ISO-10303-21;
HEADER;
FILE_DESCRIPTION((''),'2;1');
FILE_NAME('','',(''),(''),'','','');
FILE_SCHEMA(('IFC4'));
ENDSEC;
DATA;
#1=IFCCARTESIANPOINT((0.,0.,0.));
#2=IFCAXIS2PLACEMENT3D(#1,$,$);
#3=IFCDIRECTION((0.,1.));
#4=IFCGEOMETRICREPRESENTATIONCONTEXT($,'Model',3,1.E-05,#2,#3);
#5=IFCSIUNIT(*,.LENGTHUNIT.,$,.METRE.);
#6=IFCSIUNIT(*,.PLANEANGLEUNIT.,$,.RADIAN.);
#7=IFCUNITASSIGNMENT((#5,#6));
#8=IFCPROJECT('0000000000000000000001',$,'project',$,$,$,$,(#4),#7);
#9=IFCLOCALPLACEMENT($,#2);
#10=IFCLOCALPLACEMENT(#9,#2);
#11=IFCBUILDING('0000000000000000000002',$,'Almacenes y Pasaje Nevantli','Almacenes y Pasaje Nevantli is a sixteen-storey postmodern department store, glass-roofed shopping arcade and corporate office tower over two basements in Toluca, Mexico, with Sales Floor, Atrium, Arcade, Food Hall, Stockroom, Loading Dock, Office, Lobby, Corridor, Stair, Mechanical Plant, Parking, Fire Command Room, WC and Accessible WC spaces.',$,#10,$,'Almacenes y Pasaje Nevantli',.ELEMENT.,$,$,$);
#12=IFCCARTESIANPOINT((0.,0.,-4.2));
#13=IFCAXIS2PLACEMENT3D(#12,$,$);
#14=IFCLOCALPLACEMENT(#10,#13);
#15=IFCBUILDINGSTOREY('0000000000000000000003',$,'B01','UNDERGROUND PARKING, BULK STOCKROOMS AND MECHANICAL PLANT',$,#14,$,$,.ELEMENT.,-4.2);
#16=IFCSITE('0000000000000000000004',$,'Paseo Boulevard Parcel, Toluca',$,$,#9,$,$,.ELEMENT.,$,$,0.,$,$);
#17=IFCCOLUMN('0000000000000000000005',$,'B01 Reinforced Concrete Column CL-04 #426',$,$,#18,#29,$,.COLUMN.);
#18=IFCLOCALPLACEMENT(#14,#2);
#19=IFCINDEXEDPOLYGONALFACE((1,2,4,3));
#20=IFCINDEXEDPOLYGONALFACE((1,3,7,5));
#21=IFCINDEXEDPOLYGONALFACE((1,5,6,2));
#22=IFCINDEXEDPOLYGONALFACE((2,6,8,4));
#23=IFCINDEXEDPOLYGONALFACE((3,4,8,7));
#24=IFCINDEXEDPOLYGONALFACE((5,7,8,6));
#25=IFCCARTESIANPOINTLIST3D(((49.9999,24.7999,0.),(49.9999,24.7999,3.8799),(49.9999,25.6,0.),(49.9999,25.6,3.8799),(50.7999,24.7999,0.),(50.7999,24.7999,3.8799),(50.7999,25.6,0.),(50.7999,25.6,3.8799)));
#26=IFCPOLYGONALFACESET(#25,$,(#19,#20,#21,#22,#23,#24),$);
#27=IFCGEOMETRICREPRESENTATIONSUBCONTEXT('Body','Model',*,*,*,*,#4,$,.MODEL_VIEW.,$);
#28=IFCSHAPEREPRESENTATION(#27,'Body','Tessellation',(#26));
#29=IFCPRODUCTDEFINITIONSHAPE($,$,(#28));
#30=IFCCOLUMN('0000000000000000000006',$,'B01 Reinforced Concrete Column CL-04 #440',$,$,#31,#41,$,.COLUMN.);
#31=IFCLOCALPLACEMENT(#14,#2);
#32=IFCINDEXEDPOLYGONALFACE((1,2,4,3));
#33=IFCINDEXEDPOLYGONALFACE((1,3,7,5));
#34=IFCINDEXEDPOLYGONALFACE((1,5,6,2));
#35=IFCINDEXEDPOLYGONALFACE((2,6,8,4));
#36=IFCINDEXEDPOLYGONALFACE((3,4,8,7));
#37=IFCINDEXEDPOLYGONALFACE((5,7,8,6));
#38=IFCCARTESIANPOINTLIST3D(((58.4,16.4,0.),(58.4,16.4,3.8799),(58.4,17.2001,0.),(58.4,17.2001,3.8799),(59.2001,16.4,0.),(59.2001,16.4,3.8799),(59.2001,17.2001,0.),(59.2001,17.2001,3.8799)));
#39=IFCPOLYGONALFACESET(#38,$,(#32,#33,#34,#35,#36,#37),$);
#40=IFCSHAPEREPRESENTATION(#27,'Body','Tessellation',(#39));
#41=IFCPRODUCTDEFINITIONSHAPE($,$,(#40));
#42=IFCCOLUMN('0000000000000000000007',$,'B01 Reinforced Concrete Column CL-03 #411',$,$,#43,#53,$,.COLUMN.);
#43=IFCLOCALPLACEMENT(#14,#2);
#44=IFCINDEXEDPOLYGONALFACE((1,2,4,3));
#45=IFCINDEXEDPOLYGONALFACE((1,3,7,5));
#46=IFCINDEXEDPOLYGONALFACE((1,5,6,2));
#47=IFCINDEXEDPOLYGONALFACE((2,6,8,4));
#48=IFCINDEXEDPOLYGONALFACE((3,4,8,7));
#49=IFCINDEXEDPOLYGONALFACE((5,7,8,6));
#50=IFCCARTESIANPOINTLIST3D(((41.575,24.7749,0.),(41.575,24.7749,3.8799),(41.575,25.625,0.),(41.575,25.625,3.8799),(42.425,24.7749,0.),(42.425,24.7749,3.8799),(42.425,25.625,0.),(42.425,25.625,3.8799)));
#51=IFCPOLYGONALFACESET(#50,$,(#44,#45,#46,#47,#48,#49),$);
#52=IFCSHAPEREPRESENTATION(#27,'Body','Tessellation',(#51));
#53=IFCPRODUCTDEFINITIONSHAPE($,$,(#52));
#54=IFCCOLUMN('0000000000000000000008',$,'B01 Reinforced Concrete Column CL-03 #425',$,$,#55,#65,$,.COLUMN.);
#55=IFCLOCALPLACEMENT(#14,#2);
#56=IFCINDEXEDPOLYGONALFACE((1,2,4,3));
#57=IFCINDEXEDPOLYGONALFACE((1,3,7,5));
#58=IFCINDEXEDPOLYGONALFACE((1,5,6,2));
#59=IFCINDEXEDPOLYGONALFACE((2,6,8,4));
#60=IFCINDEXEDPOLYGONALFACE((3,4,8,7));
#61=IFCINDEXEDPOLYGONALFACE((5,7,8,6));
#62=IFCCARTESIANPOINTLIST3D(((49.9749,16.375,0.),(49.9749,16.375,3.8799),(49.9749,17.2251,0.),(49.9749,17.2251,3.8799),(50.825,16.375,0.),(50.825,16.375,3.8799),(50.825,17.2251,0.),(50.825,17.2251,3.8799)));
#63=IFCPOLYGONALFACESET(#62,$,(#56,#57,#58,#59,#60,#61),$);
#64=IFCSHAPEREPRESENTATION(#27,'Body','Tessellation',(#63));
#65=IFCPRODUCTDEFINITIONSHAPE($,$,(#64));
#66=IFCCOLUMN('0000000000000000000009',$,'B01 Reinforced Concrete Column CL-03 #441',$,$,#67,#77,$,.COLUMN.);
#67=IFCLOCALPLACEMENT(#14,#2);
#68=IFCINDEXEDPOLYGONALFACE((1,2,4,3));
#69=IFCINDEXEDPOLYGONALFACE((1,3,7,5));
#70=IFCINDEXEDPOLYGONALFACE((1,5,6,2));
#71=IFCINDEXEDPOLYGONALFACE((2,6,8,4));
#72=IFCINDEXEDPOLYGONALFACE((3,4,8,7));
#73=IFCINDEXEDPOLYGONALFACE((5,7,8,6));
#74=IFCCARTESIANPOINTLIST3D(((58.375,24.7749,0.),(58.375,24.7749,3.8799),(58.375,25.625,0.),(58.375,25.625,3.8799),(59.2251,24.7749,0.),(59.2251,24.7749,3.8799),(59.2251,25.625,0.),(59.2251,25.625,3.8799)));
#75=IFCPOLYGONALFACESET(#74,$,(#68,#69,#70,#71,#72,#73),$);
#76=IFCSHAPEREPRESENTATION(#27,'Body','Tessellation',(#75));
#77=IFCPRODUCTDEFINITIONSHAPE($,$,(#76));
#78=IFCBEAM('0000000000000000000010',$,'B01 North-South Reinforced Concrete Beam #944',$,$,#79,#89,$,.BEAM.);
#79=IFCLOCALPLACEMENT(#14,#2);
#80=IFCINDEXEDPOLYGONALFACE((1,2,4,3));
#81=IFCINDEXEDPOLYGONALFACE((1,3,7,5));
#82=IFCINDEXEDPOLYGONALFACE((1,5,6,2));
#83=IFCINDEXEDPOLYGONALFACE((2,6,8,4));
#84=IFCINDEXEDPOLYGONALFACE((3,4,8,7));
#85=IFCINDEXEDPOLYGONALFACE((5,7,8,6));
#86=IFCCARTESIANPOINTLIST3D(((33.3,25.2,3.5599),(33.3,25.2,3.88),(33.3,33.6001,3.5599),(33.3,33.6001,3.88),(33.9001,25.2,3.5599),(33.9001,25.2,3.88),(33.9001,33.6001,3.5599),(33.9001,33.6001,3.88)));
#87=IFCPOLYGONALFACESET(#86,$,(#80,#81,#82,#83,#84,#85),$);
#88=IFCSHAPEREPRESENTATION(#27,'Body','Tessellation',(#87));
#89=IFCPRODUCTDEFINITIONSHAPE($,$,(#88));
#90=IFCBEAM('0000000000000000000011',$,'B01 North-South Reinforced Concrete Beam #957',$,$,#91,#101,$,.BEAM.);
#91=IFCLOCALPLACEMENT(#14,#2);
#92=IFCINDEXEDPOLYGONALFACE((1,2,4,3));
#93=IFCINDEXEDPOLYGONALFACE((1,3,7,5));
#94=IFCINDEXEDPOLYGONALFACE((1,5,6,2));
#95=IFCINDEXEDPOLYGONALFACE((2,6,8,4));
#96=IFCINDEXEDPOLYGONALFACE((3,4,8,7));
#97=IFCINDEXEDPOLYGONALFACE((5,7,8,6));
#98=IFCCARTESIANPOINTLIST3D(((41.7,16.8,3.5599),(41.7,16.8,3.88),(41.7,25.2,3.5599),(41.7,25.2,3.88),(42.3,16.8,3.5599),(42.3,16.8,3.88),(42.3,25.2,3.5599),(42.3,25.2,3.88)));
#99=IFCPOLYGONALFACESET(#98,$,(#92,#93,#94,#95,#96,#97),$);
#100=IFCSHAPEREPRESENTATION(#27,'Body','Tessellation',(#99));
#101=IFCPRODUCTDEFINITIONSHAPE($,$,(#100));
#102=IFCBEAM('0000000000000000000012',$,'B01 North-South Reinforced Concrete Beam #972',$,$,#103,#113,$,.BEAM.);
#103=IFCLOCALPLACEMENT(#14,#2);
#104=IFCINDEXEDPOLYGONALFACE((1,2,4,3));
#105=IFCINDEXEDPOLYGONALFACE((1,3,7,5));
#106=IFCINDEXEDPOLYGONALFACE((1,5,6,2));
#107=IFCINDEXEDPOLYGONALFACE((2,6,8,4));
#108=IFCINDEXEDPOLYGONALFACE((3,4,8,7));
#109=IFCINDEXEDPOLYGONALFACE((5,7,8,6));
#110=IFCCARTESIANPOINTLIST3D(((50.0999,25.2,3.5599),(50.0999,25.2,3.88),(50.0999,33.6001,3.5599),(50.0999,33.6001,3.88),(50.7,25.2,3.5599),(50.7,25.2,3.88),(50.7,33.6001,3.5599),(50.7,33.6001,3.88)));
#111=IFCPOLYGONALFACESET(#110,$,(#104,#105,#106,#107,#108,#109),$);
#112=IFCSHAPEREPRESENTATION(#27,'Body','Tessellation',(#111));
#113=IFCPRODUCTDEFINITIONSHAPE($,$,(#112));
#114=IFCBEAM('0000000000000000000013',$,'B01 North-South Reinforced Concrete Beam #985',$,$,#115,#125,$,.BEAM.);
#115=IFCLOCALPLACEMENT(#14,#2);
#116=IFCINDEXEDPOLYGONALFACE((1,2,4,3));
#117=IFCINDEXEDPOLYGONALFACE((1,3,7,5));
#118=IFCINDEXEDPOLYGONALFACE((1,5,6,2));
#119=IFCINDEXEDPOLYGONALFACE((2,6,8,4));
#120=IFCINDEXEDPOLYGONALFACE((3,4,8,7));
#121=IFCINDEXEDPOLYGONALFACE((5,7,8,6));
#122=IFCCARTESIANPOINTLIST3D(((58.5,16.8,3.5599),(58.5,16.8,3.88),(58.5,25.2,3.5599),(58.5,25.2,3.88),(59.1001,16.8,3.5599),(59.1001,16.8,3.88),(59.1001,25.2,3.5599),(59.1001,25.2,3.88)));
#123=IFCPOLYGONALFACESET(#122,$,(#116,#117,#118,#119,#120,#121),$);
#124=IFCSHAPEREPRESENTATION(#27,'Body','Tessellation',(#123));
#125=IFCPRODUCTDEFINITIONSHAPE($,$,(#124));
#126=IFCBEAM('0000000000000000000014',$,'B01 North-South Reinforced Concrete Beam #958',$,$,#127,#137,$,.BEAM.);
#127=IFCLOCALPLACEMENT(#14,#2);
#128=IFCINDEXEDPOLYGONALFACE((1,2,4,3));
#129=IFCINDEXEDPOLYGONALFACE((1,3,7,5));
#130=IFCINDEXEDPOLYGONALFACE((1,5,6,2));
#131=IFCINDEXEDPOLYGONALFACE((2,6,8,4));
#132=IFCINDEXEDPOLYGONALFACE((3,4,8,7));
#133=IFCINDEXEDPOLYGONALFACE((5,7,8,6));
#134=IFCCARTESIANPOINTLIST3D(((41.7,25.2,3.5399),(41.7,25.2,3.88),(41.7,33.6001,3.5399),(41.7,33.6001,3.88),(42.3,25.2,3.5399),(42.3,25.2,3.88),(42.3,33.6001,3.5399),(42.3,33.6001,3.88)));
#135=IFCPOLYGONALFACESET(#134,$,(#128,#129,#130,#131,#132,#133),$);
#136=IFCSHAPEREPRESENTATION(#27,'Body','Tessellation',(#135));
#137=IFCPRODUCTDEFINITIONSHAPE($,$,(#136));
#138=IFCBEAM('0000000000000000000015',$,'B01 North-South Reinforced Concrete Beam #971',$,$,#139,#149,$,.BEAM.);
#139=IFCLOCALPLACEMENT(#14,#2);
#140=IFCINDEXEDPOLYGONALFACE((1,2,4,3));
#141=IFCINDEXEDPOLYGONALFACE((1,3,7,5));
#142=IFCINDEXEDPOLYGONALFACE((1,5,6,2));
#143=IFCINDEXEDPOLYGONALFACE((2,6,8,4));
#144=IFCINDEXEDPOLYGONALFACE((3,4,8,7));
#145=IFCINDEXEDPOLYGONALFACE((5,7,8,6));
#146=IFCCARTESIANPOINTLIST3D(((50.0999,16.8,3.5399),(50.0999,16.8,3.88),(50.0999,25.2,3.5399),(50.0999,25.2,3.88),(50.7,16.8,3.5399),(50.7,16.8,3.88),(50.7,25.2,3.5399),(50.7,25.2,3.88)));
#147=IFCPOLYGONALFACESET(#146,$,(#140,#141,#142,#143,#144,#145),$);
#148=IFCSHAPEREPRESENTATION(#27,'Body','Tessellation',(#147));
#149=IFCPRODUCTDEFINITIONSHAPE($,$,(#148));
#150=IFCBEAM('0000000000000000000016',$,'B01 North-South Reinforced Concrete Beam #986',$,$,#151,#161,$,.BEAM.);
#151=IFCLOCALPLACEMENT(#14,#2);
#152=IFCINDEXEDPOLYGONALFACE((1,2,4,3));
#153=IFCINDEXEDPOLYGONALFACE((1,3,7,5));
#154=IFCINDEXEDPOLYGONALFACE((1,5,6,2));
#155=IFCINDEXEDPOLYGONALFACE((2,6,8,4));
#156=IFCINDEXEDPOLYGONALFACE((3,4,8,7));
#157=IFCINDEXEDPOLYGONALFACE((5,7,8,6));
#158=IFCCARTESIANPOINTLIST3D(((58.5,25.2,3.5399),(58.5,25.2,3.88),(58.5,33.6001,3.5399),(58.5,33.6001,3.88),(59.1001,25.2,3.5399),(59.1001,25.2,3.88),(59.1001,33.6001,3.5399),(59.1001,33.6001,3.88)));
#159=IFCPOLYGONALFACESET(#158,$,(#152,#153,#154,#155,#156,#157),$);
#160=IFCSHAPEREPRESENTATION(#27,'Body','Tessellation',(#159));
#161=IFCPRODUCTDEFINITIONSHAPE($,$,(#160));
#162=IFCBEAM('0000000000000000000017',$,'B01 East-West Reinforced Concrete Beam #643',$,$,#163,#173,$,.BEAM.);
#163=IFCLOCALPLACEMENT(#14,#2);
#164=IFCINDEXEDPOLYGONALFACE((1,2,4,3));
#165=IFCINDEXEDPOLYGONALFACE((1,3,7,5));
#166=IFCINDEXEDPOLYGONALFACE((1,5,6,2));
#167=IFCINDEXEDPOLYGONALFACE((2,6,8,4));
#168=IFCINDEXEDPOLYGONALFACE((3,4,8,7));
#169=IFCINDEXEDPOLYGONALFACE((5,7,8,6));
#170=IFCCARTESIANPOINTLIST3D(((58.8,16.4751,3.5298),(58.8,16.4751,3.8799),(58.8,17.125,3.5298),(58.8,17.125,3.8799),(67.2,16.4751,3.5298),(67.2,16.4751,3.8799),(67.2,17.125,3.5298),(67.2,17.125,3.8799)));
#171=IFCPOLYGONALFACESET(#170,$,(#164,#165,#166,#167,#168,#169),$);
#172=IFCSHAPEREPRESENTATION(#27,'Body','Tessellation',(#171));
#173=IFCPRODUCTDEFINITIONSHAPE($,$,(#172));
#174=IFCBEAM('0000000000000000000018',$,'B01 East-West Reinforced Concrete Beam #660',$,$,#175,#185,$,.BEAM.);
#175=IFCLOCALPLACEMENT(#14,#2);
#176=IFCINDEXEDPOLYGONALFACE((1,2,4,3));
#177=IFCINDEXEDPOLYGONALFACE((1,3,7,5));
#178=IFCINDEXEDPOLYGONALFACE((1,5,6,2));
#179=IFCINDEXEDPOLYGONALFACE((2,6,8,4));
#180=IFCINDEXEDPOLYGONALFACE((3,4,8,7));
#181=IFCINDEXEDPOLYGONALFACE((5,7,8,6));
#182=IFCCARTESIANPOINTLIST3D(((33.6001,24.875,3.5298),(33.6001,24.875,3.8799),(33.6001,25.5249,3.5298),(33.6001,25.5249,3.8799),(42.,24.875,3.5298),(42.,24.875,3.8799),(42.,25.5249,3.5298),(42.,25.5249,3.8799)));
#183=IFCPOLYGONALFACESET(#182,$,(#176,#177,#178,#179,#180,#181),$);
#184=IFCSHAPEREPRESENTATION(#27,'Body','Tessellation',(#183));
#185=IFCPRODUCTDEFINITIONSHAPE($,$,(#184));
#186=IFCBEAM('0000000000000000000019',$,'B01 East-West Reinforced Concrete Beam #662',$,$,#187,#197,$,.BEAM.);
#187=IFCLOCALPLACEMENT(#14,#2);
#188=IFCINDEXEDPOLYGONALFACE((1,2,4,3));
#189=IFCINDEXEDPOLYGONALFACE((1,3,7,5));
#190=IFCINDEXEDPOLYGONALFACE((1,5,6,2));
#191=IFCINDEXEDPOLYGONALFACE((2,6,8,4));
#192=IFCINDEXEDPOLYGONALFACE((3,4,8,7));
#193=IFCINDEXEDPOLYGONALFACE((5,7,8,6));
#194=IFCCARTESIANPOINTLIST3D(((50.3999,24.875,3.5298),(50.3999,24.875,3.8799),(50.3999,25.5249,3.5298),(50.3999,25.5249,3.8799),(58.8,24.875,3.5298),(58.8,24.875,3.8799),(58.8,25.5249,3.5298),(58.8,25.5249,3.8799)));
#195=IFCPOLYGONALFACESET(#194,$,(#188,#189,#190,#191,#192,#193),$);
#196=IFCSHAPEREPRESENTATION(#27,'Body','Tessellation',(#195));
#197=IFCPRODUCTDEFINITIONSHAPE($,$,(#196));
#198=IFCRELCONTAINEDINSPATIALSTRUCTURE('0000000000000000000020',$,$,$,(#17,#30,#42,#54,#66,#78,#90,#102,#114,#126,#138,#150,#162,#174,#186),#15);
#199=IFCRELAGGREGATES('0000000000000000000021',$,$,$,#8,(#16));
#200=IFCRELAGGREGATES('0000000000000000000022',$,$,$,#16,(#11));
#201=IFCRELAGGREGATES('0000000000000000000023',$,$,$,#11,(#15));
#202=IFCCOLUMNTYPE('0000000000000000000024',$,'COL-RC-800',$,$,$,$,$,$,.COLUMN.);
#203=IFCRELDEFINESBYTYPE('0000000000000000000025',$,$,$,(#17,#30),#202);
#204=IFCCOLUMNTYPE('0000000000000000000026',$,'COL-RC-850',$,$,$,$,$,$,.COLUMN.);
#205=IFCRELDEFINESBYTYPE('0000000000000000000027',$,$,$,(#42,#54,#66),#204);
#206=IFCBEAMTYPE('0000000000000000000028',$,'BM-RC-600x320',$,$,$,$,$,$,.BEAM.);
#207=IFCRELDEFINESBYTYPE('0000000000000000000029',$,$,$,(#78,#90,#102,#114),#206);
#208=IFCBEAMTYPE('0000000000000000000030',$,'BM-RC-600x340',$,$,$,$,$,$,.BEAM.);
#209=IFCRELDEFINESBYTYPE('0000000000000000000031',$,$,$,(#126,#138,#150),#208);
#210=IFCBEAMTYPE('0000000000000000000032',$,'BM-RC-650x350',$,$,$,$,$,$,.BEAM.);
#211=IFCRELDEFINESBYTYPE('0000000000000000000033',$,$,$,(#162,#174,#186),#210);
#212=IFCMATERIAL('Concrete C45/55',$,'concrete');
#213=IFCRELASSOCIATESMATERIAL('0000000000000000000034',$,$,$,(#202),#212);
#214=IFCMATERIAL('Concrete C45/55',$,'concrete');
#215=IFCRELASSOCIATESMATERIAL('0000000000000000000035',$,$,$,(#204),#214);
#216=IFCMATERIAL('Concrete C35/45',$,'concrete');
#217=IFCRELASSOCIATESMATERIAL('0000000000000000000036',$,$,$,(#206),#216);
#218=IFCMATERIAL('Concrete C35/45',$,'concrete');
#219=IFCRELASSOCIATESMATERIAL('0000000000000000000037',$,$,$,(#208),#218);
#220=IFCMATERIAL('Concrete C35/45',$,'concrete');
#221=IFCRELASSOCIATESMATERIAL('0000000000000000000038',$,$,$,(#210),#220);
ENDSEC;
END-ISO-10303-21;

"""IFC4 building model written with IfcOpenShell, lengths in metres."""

from ifc_helpers import new_model, si_unit, direction, frame, origin, origin_2d, place, context, subcontext, project, spatial, rectangle, extrude, material, material_profile, profile_set, type_object, element, save


model = new_model("IFC4")

# Units and contexts
model_context = context("Model", 3, precision=1e-05, world=origin(), true_north=direction((0.0, 1.0)))
body_context = subcontext(model_context, "Body", "Model", "MODEL_VIEW")
ifc_project = project(units=[si_unit("LENGTHUNIT", "METRE"), si_unit("PLANEANGLEUNIT", "RADIAN")], contexts=[model_context])

# Site, building, storey
site_placement = place(None, origin())
site = spatial("IfcSite", under=ifc_project, at=site_placement, Name="Paseo Boulevard Parcel, Toluca", CompositionType="ELEMENT", RefElevation=0.0)
building_placement = place(site_placement, origin())
building = spatial("IfcBuilding", under=site, at=building_placement, Name="Almacenes y Pasaje Nevantli", Description="Almacenes y Pasaje Nevantli is a sixteen-storey postmodern department store, glass-roofed shopping arcade and corporate office tower over two basements in Toluca, Mexico, with Sales Floor, Atrium, Arcade, Food Hall, Stockroom, Loading Dock, Office, Lobby, Corridor, Stair, Mechanical Plant, Parking, Fire Command Room, WC and Accessible WC spaces.", LongName="Almacenes y Pasaje Nevantli", CompositionType="ELEMENT")
storey_placement = place(building_placement, frame((0.0, 0.0, -4.2)))
storey = spatial("IfcBuildingStorey", under=building, at=storey_placement, Name="B01", Description="UNDERGROUND PARKING, BULK STOCKROOMS AND MECHANICAL PLANT", CompositionType="ELEMENT", Elevation=-4.2)

# Columns
ifc_material_1 = material(Name="Concrete C45/55", Category="concrete")
ifc_material_profile_1 = material_profile(ifc_material_1, rectangle(XDim=0.8, YDim=0.8, at=origin_2d()), Name="RC-COL-800x800")
ifc_profile_set_1 = profile_set([ifc_material_profile_1], Name="Concrete C45/55")
column_type_1 = type_object("IfcColumnType", Name="COL-RC-800", PredefinedType="COLUMN", material=ifc_profile_set_1)
for number, where, z_axis, x_axis, name in (
    (1, (50.3999, 25.2, 0.0), (0.0, 0.0, 1.0), (1.0, 0.0, 0.0), "B01 Reinforced Concrete Column CL-04 #426"),
    (2, (58.8, 16.8, 0.0), (0.0, 0.0, 1.0), (1.0, 0.0, 0.0), "B01 Reinforced Concrete Column CL-04 #440"),
):
    element("IfcColumn", number, at=place(storey_placement, frame(where, z_axis=z_axis, x_axis=x_axis)), inside=storey, type_object=column_type_1, Name=name, PredefinedType="COLUMN", context=body_context, shape_type="SweptSolid", body=[
        extrude(rectangle(XDim=0.8, YDim=0.8, at=origin_2d()), origin(), (0.0, 0.0, 1.0), 3.8799),
    ])
ifc_material_2 = material(Name="Concrete C45/55", Category="concrete")
ifc_material_profile_2 = material_profile(ifc_material_2, rectangle(XDim=0.8501, YDim=0.8501, at=origin_2d()), Name="RC-COL-850x850")
ifc_profile_set_2 = profile_set([ifc_material_profile_2], Name="Concrete C45/55")
column_type_2 = type_object("IfcColumnType", Name="COL-RC-850", PredefinedType="COLUMN", material=ifc_profile_set_2)
for number, where, z_axis, x_axis, name in (
    (3, (42.0, 25.2, 0.0), (0.0, 0.0, 1.0), (1.0, 0.0, 0.0), "B01 Reinforced Concrete Column CL-03 #411"),
    (4, (50.3999, 16.8, 0.0), (0.0, 0.0, 1.0), (1.0, 0.0, 0.0), "B01 Reinforced Concrete Column CL-03 #425"),
    (5, (58.8, 25.2, 0.0), (0.0, 0.0, 1.0), (1.0, 0.0, 0.0), "B01 Reinforced Concrete Column CL-03 #441"),
):
    element("IfcColumn", number, at=place(storey_placement, frame(where, z_axis=z_axis, x_axis=x_axis)), inside=storey, type_object=column_type_2, Name=name, PredefinedType="COLUMN", context=body_context, shape_type="SweptSolid", body=[
        extrude(rectangle(XDim=0.8501, YDim=0.8501, at=origin_2d()), origin(), (0.0, 0.0, 1.0), 3.8799),
    ])

# Beams
ifc_material_3 = material(Name="Concrete C35/45", Category="concrete")
ifc_material_profile_3 = material_profile(ifc_material_3, rectangle(XDim=0.6001, YDim=0.3201, at=origin_2d()), Name="RC-BM-600x320")
ifc_profile_set_3 = profile_set([ifc_material_profile_3], Name="Concrete C35/45")
beam_type_1 = type_object("IfcBeamType", Name="BM-RC-600x320", PredefinedType="BEAM", material=ifc_profile_set_3)
beam_1_placement = place(storey_placement, frame((33.6001, 25.2, 3.72), z_axis=(0.0, 1.0, 0.0), x_axis=(-1.0, 0.0, 0.0)))
element("IfcBeam", 6, at=beam_1_placement, inside=storey, type_object=beam_type_1, Name="B01 North-South Reinforced Concrete Beam #944", PredefinedType="BEAM", context=body_context, shape_type="SweptSolid", body=[
    extrude(rectangle(XDim=0.6001, YDim=0.3201, at=origin_2d()), origin(), (0.0, 0.0, 1.0), 8.4001),
])
beam_2_placement = place(storey_placement, frame((42.0, 16.8, 3.72), z_axis=(0.0, 1.0, 0.0), x_axis=(-1.0, 0.0, 0.0)))
element("IfcBeam", 7, at=beam_2_placement, inside=storey, type_object=beam_type_1, Name="B01 North-South Reinforced Concrete Beam #957", PredefinedType="BEAM", context=body_context, shape_type="SweptSolid", body=[
    extrude(rectangle(XDim=0.6001, YDim=0.3201, at=origin_2d()), origin(), (0.0, 0.0, 1.0), 8.3999),
])
beam_3_placement = place(storey_placement, frame((50.3999, 25.2, 3.72), z_axis=(0.0, 1.0, 0.0), x_axis=(-1.0, 0.0, 0.0)))
element("IfcBeam", 8, at=beam_3_placement, inside=storey, type_object=beam_type_1, Name="B01 North-South Reinforced Concrete Beam #972", PredefinedType="BEAM", context=body_context, shape_type="SweptSolid", body=[
    extrude(rectangle(XDim=0.6001, YDim=0.3201, at=origin_2d()), origin(), (0.0, 0.0, 1.0), 8.4001),
])
beam_4_placement = place(storey_placement, frame((58.8, 16.8, 3.72), z_axis=(0.0, 1.0, 0.0), x_axis=(-1.0, 0.0, 0.0)))
element("IfcBeam", 9, at=beam_4_placement, inside=storey, type_object=beam_type_1, Name="B01 North-South Reinforced Concrete Beam #985", PredefinedType="BEAM", context=body_context, shape_type="SweptSolid", body=[
    extrude(rectangle(XDim=0.6001, YDim=0.3201, at=origin_2d()), origin(), (0.0, 0.0, 1.0), 8.3999),
])
ifc_material_4 = material(Name="Concrete C35/45", Category="concrete")
ifc_material_profile_4 = material_profile(ifc_material_4, rectangle(XDim=0.6001, YDim=0.3401, at=origin_2d()), Name="RC-BM-600x340")
ifc_profile_set_4 = profile_set([ifc_material_profile_4], Name="Concrete C35/45")
beam_type_2 = type_object("IfcBeamType", Name="BM-RC-600x340", PredefinedType="BEAM", material=ifc_profile_set_4)
beam_5_placement = place(storey_placement, frame((42.0, 25.2, 3.71), z_axis=(0.0, 1.0, 0.0), x_axis=(-1.0, 0.0, 0.0)))
element("IfcBeam", 10, at=beam_5_placement, inside=storey, type_object=beam_type_2, Name="B01 North-South Reinforced Concrete Beam #958", PredefinedType="BEAM", context=body_context, shape_type="SweptSolid", body=[
    extrude(rectangle(XDim=0.6001, YDim=0.3401, at=origin_2d()), origin(), (0.0, 0.0, 1.0), 8.4001),
])
beam_6_placement = place(storey_placement, frame((50.3999, 16.8, 3.71), z_axis=(0.0, 1.0, 0.0), x_axis=(-1.0, 0.0, 0.0)))
element("IfcBeam", 11, at=beam_6_placement, inside=storey, type_object=beam_type_2, Name="B01 North-South Reinforced Concrete Beam #971", PredefinedType="BEAM", context=body_context, shape_type="SweptSolid", body=[
    extrude(rectangle(XDim=0.6001, YDim=0.3401, at=origin_2d()), origin(), (0.0, 0.0, 1.0), 8.3999),
])
beam_7_placement = place(storey_placement, frame((58.8, 25.2, 3.71), z_axis=(0.0, 1.0, 0.0), x_axis=(-1.0, 0.0, 0.0)))
element("IfcBeam", 12, at=beam_7_placement, inside=storey, type_object=beam_type_2, Name="B01 North-South Reinforced Concrete Beam #986", PredefinedType="BEAM", context=body_context, shape_type="SweptSolid", body=[
    extrude(rectangle(XDim=0.6001, YDim=0.3401, at=origin_2d()), origin(), (0.0, 0.0, 1.0), 8.4001),
])
ifc_material_5 = material(Name="Concrete C35/45", Category="concrete")
ifc_material_profile_5 = material_profile(ifc_material_5, rectangle(XDim=0.6499, YDim=0.3501, at=origin_2d()), Name="RC-BM-650x350")
ifc_profile_set_5 = profile_set([ifc_material_profile_5], Name="Concrete C35/45")
beam_type_3 = type_object("IfcBeamType", Name="BM-RC-650x350", PredefinedType="BEAM", material=ifc_profile_set_5)
for number, where, z_axis, x_axis, name in (
    (13, (58.8, 16.8, 3.7048), (1.0, 0.0, 0.0), (0.0, 1.0, 0.0), "B01 East-West Reinforced Concrete Beam #643"),
    (14, (33.6001, 25.2, 3.7048), (1.0, 0.0, 0.0), (0.0, 1.0, 0.0), "B01 East-West Reinforced Concrete Beam #660"),
):
    element("IfcBeam", number, at=place(storey_placement, frame(where, z_axis=z_axis, x_axis=x_axis)), inside=storey, type_object=beam_type_3, Name=name, PredefinedType="BEAM", context=body_context, shape_type="SweptSolid", body=[
        extrude(rectangle(XDim=0.6499, YDim=0.3501, at=origin_2d()), origin(), (0.0, 0.0, 1.0), 8.3999),
    ])
beam_8_placement = place(storey_placement, frame((50.3999, 25.2, 3.7048), z_axis=(1.0, 0.0, 0.0), x_axis=(0.0, 1.0, 0.0)))
element("IfcBeam", 15, at=beam_8_placement, inside=storey, type_object=beam_type_3, Name="B01 East-West Reinforced Concrete Beam #662", PredefinedType="BEAM", context=body_context, shape_type="SweptSolid", body=[
    extrude(rectangle(XDim=0.6499, YDim=0.3501, at=origin_2d()), origin(), (0.0, 0.0, 1.0), 8.4001),
])

save(model, "model.ifc")
